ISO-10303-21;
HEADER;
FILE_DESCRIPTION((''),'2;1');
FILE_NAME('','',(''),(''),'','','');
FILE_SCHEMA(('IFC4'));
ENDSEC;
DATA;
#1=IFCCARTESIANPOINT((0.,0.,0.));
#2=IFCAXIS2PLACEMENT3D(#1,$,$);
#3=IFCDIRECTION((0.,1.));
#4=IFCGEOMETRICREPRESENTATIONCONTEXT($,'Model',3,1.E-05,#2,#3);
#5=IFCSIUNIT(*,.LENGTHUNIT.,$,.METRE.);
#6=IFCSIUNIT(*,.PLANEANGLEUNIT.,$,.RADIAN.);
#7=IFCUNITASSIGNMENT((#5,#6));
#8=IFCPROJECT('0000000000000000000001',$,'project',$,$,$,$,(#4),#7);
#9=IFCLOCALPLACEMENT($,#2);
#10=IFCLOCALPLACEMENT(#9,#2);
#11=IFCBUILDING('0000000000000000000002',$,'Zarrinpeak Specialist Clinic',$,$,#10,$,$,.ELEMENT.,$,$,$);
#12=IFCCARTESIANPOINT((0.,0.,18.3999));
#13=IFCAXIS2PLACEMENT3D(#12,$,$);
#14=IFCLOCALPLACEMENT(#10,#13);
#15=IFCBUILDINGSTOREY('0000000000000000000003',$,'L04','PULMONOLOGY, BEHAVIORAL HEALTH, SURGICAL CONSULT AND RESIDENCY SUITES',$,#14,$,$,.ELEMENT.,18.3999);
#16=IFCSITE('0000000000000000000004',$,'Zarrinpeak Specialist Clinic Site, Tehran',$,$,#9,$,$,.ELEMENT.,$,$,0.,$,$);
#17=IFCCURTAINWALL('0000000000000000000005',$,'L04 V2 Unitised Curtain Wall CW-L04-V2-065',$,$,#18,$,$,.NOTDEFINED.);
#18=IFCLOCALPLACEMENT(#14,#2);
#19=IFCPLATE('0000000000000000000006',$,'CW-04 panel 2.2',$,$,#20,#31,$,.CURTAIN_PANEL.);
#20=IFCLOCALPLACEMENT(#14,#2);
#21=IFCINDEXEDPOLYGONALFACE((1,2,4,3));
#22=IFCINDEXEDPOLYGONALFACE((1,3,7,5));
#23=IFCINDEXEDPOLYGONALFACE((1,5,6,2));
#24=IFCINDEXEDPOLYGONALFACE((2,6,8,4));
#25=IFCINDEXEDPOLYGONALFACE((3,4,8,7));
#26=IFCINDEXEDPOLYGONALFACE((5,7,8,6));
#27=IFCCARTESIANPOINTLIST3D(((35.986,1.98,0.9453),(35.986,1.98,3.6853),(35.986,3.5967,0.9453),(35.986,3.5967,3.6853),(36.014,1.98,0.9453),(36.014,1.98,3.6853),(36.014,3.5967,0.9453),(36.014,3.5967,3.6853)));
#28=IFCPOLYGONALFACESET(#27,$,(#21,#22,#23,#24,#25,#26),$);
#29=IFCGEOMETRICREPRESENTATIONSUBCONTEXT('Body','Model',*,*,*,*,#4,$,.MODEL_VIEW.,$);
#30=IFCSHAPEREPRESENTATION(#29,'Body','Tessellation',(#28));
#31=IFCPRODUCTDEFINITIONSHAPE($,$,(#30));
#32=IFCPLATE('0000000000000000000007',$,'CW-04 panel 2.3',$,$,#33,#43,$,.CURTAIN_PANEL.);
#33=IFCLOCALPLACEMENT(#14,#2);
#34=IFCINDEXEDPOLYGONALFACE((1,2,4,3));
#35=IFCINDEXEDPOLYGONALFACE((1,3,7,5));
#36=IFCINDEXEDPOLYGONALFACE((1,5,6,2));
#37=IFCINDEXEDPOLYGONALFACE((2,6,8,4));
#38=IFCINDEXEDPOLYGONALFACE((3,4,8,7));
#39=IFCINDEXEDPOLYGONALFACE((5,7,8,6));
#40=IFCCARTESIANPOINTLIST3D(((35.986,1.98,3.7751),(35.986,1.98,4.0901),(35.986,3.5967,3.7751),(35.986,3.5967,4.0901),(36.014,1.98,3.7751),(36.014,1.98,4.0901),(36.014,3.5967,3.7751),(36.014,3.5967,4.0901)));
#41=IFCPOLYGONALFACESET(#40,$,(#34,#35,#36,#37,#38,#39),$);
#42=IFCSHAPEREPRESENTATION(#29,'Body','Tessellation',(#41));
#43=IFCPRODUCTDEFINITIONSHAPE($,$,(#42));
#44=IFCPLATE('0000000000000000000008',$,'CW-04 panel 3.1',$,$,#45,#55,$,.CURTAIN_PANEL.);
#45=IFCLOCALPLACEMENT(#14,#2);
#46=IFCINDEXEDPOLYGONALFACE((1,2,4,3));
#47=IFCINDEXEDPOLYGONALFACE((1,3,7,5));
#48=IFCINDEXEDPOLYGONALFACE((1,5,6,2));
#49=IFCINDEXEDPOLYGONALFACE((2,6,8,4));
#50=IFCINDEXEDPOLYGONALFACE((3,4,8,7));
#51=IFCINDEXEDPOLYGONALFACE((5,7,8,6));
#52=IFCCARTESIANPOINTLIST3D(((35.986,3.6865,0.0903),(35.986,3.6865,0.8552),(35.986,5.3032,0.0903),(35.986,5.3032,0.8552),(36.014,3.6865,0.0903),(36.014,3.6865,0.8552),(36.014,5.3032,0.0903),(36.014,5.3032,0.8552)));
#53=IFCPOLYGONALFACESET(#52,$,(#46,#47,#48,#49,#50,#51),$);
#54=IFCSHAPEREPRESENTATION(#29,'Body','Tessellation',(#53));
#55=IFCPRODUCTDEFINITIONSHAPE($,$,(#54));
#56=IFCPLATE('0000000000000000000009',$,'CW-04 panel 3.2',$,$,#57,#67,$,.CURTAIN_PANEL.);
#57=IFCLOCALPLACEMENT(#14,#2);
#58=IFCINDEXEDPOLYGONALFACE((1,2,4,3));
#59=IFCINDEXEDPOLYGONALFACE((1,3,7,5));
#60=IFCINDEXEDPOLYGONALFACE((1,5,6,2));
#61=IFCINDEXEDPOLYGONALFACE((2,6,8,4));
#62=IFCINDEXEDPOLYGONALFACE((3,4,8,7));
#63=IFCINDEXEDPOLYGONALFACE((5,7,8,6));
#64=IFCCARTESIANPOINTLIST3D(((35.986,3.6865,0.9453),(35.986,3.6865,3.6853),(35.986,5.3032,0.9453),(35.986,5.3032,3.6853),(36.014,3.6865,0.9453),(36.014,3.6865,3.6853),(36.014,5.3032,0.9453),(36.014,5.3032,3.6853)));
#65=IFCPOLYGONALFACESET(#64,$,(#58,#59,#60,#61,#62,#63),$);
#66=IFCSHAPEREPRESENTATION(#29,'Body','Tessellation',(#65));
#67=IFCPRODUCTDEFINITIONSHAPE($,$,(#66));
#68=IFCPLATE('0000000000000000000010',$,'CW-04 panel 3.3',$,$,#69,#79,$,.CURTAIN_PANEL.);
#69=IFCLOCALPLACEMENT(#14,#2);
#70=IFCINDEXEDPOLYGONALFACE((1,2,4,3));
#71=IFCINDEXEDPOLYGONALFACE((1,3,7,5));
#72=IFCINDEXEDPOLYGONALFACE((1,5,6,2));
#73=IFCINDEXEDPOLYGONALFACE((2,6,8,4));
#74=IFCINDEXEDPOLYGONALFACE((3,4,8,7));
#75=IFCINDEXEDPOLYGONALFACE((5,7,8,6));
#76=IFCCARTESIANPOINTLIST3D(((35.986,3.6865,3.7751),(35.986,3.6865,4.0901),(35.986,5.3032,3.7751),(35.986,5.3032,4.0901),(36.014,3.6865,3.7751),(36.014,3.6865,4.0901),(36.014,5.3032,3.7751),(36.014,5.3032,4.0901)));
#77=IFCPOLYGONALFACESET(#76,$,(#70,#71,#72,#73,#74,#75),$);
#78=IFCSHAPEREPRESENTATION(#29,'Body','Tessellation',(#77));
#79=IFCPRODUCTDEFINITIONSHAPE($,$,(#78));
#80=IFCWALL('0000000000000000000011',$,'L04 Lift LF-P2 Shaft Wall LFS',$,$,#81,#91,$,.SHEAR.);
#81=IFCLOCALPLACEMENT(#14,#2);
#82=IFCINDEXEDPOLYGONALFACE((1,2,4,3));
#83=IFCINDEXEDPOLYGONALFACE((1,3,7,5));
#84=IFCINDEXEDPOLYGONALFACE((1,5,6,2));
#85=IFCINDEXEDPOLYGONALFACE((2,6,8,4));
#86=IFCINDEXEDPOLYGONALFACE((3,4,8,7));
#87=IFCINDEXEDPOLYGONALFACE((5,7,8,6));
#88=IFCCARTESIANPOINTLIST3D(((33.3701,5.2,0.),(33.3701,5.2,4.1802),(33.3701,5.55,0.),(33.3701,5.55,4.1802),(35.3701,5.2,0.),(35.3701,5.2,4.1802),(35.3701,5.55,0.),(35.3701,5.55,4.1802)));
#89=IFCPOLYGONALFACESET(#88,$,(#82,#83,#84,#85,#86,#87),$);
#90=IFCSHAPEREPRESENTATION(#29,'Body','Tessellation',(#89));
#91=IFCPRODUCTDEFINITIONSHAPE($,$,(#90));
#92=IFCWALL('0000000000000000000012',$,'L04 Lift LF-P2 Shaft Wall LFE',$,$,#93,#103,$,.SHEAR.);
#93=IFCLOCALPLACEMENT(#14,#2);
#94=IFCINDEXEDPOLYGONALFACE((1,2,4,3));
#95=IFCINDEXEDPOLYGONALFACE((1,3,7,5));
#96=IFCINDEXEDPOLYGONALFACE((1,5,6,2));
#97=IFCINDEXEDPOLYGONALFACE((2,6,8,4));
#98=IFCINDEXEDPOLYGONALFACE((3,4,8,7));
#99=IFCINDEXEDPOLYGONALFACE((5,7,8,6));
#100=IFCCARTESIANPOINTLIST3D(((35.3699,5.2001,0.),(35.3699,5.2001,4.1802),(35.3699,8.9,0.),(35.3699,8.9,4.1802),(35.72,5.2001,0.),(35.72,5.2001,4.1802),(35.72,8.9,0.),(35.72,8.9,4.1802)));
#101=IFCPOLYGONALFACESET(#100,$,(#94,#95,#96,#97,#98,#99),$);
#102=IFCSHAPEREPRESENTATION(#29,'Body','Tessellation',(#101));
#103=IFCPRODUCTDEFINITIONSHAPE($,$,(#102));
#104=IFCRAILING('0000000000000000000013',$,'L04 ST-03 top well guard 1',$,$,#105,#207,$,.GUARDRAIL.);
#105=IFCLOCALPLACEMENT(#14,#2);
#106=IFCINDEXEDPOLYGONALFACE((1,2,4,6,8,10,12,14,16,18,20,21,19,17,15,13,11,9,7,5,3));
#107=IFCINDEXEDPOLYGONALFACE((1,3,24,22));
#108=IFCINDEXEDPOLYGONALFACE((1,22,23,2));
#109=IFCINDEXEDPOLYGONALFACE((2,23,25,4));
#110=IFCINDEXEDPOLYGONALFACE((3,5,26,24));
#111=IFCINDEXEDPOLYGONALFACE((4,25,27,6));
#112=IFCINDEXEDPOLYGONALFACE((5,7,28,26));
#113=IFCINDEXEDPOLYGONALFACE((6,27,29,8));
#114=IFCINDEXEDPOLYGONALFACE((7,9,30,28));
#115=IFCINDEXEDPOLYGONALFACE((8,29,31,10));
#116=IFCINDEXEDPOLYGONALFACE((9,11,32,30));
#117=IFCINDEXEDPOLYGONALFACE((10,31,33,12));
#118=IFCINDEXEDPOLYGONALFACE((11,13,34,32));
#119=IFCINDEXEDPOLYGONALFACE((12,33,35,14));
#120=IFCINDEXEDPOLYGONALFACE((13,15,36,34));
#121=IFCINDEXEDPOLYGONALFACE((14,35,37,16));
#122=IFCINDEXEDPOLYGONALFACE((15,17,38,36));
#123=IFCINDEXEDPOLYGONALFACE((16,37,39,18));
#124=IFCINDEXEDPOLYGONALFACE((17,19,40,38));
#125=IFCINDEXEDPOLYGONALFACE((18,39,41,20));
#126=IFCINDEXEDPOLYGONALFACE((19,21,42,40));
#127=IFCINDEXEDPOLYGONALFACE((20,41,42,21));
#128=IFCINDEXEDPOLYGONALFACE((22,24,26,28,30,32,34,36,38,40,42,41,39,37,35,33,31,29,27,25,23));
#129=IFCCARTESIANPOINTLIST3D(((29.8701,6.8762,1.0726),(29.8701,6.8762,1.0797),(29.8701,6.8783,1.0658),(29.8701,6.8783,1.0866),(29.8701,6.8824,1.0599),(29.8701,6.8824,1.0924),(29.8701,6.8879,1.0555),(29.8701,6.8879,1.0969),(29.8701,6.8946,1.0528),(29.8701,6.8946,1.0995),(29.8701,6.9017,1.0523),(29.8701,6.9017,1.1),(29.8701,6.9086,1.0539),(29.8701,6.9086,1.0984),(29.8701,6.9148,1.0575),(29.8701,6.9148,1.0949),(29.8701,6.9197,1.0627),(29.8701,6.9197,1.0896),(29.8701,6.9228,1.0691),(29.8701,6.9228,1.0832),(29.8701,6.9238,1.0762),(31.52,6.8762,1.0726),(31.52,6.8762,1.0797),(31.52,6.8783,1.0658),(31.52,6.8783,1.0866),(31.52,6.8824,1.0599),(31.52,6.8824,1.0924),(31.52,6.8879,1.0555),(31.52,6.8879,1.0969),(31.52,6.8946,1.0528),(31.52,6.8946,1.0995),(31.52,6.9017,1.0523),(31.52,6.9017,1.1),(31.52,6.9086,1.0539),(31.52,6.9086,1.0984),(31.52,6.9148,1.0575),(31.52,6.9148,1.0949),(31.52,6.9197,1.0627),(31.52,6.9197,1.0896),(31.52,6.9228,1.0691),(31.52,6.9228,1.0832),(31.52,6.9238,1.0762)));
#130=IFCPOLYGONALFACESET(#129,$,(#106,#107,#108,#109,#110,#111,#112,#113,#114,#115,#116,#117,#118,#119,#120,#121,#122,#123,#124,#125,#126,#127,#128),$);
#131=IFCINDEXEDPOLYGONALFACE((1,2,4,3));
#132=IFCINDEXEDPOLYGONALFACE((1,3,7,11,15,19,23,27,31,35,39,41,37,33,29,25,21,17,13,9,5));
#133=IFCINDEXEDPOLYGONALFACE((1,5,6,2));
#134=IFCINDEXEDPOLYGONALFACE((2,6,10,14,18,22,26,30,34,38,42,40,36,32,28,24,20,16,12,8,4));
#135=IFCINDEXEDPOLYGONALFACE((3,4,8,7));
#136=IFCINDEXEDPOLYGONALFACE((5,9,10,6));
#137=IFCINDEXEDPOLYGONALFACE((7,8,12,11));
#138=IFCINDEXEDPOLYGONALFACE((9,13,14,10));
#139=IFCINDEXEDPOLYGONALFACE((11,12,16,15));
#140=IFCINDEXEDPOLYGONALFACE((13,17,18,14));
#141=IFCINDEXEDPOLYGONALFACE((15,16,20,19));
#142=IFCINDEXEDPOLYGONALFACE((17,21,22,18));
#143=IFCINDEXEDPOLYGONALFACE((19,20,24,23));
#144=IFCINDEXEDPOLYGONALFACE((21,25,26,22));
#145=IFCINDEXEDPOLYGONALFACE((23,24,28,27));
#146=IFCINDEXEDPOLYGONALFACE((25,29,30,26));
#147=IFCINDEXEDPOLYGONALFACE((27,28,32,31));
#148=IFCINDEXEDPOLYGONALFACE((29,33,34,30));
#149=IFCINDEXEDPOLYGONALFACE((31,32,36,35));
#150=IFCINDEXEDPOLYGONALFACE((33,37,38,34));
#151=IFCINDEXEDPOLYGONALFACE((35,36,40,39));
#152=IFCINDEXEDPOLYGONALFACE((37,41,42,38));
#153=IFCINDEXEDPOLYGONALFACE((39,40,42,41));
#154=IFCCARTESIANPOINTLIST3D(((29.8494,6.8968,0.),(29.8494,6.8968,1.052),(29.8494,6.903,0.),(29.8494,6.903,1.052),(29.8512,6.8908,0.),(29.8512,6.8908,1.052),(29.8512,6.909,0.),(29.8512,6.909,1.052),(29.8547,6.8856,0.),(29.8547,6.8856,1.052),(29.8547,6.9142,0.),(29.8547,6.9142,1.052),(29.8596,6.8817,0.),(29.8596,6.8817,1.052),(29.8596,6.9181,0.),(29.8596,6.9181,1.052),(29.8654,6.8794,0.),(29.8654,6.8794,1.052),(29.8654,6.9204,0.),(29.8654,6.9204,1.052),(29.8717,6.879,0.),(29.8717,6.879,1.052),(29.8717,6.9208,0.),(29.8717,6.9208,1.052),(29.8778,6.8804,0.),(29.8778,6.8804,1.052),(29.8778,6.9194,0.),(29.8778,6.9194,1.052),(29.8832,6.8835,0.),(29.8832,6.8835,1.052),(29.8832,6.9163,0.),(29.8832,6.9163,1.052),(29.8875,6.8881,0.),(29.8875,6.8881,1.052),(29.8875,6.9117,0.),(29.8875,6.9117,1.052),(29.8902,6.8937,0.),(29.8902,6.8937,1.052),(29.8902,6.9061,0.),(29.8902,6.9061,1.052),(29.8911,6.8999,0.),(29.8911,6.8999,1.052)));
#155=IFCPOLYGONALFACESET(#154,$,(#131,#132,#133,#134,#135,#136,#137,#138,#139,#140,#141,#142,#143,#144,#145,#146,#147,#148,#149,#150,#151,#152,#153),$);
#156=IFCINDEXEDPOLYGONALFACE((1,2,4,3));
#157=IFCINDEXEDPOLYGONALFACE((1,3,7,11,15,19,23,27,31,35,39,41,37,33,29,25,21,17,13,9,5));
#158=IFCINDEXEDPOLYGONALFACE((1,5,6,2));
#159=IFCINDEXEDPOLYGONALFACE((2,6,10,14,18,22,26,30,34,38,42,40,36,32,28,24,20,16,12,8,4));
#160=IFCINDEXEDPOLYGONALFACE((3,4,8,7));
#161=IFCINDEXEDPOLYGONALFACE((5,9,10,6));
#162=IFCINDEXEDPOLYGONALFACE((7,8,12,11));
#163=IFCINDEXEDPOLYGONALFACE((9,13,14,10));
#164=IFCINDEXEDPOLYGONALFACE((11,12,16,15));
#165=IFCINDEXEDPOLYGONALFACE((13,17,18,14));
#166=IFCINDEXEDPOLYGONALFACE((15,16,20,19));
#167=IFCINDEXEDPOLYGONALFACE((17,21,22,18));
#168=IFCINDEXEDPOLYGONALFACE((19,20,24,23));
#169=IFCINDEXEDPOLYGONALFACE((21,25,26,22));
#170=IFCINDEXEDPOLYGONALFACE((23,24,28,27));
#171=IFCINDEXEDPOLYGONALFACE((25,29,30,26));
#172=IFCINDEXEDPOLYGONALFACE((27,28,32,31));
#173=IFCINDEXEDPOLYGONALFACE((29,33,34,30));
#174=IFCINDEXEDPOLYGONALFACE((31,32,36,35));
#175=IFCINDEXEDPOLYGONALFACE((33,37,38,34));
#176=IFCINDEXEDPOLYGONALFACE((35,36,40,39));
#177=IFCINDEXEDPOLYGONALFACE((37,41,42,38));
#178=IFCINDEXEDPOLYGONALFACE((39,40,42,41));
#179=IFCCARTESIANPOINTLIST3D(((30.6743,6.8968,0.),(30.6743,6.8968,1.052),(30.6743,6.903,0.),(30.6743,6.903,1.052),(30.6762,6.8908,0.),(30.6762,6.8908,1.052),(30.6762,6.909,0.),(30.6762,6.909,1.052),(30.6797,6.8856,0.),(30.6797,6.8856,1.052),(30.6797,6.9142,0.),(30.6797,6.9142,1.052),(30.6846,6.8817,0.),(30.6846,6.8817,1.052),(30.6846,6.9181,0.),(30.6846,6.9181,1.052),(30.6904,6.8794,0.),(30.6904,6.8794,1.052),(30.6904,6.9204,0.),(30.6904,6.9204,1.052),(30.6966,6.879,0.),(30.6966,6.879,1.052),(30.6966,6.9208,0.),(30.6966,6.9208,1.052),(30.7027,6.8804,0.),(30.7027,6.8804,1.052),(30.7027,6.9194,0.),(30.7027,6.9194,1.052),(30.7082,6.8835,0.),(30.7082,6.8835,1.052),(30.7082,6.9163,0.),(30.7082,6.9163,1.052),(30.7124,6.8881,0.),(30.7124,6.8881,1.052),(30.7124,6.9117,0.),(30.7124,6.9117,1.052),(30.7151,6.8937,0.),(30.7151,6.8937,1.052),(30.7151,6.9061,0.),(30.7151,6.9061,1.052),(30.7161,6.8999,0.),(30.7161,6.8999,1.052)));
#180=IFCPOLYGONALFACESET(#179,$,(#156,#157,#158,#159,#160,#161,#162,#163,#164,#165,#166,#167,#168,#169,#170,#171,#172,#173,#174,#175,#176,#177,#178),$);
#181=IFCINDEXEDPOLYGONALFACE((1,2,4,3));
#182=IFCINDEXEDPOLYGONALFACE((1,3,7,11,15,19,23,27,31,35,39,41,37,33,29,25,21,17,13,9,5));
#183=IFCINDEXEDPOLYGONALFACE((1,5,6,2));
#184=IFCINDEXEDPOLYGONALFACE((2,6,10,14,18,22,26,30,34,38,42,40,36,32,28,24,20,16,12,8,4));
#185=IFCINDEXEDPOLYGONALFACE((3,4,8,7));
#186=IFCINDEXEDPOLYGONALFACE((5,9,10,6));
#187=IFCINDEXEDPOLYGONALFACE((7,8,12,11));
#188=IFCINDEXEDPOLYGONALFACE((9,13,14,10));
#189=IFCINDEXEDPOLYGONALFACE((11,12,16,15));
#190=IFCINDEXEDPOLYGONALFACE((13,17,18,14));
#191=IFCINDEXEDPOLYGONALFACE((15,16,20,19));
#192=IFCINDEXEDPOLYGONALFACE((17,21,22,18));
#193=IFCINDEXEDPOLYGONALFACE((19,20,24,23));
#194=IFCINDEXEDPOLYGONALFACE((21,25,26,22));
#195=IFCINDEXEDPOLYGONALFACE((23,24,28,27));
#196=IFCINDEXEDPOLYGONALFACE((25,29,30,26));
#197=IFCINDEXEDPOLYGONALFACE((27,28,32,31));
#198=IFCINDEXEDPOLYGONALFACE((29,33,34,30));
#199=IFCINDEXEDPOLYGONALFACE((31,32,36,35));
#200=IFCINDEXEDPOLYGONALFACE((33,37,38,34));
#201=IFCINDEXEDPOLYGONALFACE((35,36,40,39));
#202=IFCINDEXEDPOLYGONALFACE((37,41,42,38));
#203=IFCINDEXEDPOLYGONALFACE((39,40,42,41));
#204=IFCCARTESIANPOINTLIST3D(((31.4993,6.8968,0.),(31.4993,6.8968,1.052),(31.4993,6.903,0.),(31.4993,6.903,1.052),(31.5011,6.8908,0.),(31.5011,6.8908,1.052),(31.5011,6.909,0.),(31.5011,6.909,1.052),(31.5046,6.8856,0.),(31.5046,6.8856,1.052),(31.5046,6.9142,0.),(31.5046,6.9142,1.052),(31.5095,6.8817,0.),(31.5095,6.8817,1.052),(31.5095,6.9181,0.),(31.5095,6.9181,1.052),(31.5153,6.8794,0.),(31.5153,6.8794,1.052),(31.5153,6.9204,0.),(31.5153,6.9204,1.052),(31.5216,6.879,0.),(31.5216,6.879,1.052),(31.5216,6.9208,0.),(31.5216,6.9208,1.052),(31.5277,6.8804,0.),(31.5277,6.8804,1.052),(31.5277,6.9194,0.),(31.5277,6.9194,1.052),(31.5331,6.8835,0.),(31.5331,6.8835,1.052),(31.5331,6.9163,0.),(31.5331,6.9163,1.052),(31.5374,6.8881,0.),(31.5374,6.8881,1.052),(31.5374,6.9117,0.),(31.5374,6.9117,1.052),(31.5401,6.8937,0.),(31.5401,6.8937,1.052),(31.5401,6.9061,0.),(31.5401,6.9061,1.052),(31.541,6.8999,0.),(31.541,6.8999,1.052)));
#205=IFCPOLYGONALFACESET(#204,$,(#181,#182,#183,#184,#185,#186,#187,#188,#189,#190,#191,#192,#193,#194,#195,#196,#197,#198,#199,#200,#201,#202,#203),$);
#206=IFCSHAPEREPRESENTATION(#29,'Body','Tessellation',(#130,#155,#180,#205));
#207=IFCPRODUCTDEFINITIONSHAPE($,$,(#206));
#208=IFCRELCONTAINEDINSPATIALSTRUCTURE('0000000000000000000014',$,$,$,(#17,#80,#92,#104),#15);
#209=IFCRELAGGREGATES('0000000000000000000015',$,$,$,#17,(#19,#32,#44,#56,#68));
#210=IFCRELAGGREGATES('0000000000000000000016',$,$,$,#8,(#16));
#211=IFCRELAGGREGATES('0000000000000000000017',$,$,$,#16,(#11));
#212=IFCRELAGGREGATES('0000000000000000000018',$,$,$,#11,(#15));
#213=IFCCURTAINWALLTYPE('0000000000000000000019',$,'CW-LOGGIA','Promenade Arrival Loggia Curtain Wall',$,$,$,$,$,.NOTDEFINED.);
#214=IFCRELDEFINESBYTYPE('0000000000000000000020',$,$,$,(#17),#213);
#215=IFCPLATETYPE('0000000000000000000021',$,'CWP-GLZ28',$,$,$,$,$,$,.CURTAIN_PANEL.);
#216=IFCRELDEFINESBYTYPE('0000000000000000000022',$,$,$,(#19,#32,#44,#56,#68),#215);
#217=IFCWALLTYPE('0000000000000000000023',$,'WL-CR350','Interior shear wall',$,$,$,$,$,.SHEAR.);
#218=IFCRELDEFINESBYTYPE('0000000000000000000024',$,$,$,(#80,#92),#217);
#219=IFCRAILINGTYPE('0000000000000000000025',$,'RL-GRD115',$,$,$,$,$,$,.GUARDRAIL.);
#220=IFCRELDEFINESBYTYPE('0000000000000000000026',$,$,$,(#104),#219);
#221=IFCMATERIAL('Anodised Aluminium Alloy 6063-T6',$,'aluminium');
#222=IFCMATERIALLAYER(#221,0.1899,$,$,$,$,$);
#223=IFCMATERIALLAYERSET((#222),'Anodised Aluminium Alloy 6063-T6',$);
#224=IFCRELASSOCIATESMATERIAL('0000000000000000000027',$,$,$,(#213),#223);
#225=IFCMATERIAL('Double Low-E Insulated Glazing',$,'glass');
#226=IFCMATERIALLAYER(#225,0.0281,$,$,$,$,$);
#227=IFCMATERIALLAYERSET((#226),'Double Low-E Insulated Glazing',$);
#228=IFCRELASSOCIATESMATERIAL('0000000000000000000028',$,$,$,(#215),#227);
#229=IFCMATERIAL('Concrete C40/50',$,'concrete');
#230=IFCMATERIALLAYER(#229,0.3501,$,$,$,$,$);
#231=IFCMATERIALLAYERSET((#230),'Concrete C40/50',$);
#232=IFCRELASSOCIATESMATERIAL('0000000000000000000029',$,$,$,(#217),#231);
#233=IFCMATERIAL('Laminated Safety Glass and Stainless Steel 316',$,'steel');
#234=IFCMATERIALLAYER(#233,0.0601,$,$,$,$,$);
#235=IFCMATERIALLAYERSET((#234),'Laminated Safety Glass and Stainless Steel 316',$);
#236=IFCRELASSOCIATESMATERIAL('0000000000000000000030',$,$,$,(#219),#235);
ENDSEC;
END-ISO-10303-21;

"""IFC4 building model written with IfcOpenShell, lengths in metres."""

from ifc_helpers import new_model, si_unit, direction, frame, frame_2d, origin, origin_2d, place, context, subcontext, project, spatial, rectangle, circle, extrude, material, layer, layer_set, type_object, element, aggregate, save


model = new_model("IFC4")

# Units and contexts
model_context = context("Model", 3, precision=1e-05, world=origin(), true_north=direction((0.0, 1.0)))
body_context = subcontext(model_context, "Body", "Model", "MODEL_VIEW")
ifc_project = project(units=[si_unit("LENGTHUNIT", "METRE"), si_unit("PLANEANGLEUNIT", "RADIAN")], contexts=[model_context])

# Site, building, storey
site_placement = place(None, origin())
site = spatial("IfcSite", under=ifc_project, at=site_placement, Name="Zarrinpeak Specialist Clinic Site, Tehran", CompositionType="ELEMENT", RefElevation=0.0)
building_placement = place(site_placement, origin())
building = spatial("IfcBuilding", under=site, at=building_placement, Name="Zarrinpeak Specialist Clinic", CompositionType="ELEMENT")
storey_placement = place(building_placement, frame((0.0, 0.0, 18.3999)))
storey = spatial("IfcBuildingStorey", under=building, at=storey_placement, Name="L04", Description="PULMONOLOGY, BEHAVIORAL HEALTH, SURGICAL CONSULT AND RESIDENCY SUITES", CompositionType="ELEMENT", Elevation=18.3999)

# Curtain wall, plates
ifc_material_1 = material(Name="Anodised Aluminium Alloy 6063-T6", Category="aluminium")
ifc_layer_1 = layer(ifc_material_1, 0.1899)
ifc_layer_set_1 = layer_set([ifc_layer_1], Name="Anodised Aluminium Alloy 6063-T6")
curtain_wall_type = type_object("IfcCurtainWallType", Name="CW-LOGGIA", Description="Promenade Arrival Loggia Curtain Wall", PredefinedType="NOTDEFINED", material=ifc_layer_set_1)
curtain_wall_placement = place(storey_placement, origin())
curtain_wall = element("IfcCurtainWall", 1, at=curtain_wall_placement, inside=storey, type_object=curtain_wall_type, Name="L04 V2 Unitised Curtain Wall CW-L04-V2-065", PredefinedType="NOTDEFINED")
ifc_material_2 = material(Name="Double Low-E Insulated Glazing", Category="glass")
ifc_layer_2 = layer(ifc_material_2, 0.0281)
ifc_layer_set_2 = layer_set([ifc_layer_2], Name="Double Low-E Insulated Glazing")
plate_type = type_object("IfcPlateType", Name="CWP-GLZ28", PredefinedType="CURTAIN_PANEL", material=ifc_layer_set_2)
plate_1_placement = place(storey_placement, frame((36.0, 2.7883, 0.9453), z_axis=(0.0, 0.0, 1.0), x_axis=(0.0, 1.0, 0.0)))
plate_1 = element("IfcPlate", 2, at=plate_1_placement, type_object=plate_type, Name="CW-04 panel 2.2", PredefinedType="CURTAIN_PANEL", context=body_context, shape_type="SweptSolid", body=[
    extrude(rectangle(XDim=1.6167, YDim=0.0281, at=origin_2d()), origin(), (0.0, 0.0, 1.0), 2.74),
])
plate_2_placement = place(storey_placement, frame((36.0, 2.7883, 3.7751), z_axis=(0.0, 0.0, 1.0), x_axis=(0.0, 1.0, 0.0)))
plate_2 = element("IfcPlate", 3, at=plate_2_placement, type_object=plate_type, Name="CW-04 panel 2.3", PredefinedType="CURTAIN_PANEL", context=body_context, shape_type="SweptSolid", body=[
    extrude(rectangle(XDim=1.6167, YDim=0.0281, at=origin_2d()), origin(), (0.0, 0.0, 1.0), 0.3149),
])
plate_3_placement = place(storey_placement, frame((36.0, 4.4949, 0.0903), z_axis=(0.0, 0.0, 1.0), x_axis=(0.0, 1.0, 0.0)))
plate_3 = element("IfcPlate", 4, at=plate_3_placement, type_object=plate_type, Name="CW-04 panel 3.1", PredefinedType="CURTAIN_PANEL", context=body_context, shape_type="SweptSolid", body=[
    extrude(rectangle(XDim=1.6167, YDim=0.0281, at=origin_2d()), origin(), (0.0, 0.0, 1.0), 0.7649),
])
plate_4_placement = place(storey_placement, frame((36.0, 4.4949, 0.9453), z_axis=(0.0, 0.0, 1.0), x_axis=(0.0, 1.0, 0.0)))
plate_4 = element("IfcPlate", 5, at=plate_4_placement, type_object=plate_type, Name="CW-04 panel 3.2", PredefinedType="CURTAIN_PANEL", context=body_context, shape_type="SweptSolid", body=[
    extrude(rectangle(XDim=1.6167, YDim=0.0281, at=origin_2d()), origin(), (0.0, 0.0, 1.0), 2.74),
])
plate_5_placement = place(storey_placement, frame((36.0, 4.4949, 3.7751), z_axis=(0.0, 0.0, 1.0), x_axis=(0.0, 1.0, 0.0)))
plate_5 = element("IfcPlate", 6, at=plate_5_placement, type_object=plate_type, Name="CW-04 panel 3.3", PredefinedType="CURTAIN_PANEL", context=body_context, shape_type="SweptSolid", body=[
    extrude(rectangle(XDim=1.6167, YDim=0.0281, at=origin_2d()), origin(), (0.0, 0.0, 1.0), 0.3149),
])
aggregate(curtain_wall, [plate_1, plate_2, plate_3, plate_4, plate_5])

# Walls
ifc_material_3 = material(Name="Concrete C40/50", Category="concrete")
ifc_layer_3 = layer(ifc_material_3, 0.3501)
ifc_layer_set_3 = layer_set([ifc_layer_3], Name="Concrete C40/50")
wall_type = type_object("IfcWallType", Name="WL-CR350", Description="Interior shear wall", PredefinedType="SHEAR", material=ifc_layer_set_3)
wall_1_placement = place(storey_placement, frame((33.3701, 5.375, 0.0), z_axis=(0.0, 0.0, 1.0), x_axis=(1.0, 0.0, 0.0)))
element("IfcWall", 7, at=wall_1_placement, inside=storey, type_object=wall_type, Name="L04 Lift LF-P2 Shaft Wall LFS", PredefinedType="SHEAR", context=body_context, shape_type="SweptSolid", body=[
    extrude(rectangle(XDim=2.0, YDim=0.3501, at=frame_2d((1.0, 0.0))), origin(), (0.0, 0.0, 1.0), 4.1802),
])
wall_2_placement = place(storey_placement, frame((35.5449, 5.2, 0.0), z_axis=(0.0, 0.0, 1.0), x_axis=(0.0, 1.0, 0.0)))
element("IfcWall", 8, at=wall_2_placement, inside=storey, type_object=wall_type, Name="L04 Lift LF-P2 Shaft Wall LFE", PredefinedType="SHEAR", context=body_context, shape_type="SweptSolid", body=[
    extrude(rectangle(XDim=3.7, YDim=0.3501, at=frame_2d((1.8501, 0.0))), origin(), (0.0, 0.0, 1.0), 4.1802),
])

# Railing
ifc_material_4 = material(Name="Laminated Safety Glass and Stainless Steel 316", Category="steel")
ifc_layer_4 = layer(ifc_material_4, 0.0601)
ifc_layer_set_4 = layer_set([ifc_layer_4], Name="Laminated Safety Glass and Stainless Steel 316")
railing_type = type_object("IfcRailingType", Name="RL-GRD115", PredefinedType="GUARDRAIL", material=ifc_layer_set_4)
railing_placement = place(storey_placement, frame((29.8701, 6.8999, 0.0)))
element("IfcRailing", 9, at=railing_placement, inside=storey, type_object=railing_type, Name="L04 ST-03 top well guard 1", PredefinedType="GUARDRAIL", context=body_context, shape_type="SweptSolid", body=[
    extrude(circle(Radius=0.0239, at=origin_2d()), frame((0.0, 0.0, 1.0762), z_axis=(1.0, 0.0, 0.0), x_axis=(0.0, 1.0, 0.0)), (0.0, 0.0, 1.0), 1.6499),
    extrude(circle(Radius=0.021, at=origin_2d()), origin(), (0.0, 0.0, 1.0), 1.052),
    extrude(circle(Radius=0.021, at=origin_2d()), frame((0.825, 0.0, 0.0)), (0.0, 0.0, 1.0), 1.052),
    extrude(circle(Radius=0.021, at=origin_2d()), frame((1.6499, 0.0, 0.0)), (0.0, 0.0, 1.0), 1.052),
])

save(model, "model.ifc")
